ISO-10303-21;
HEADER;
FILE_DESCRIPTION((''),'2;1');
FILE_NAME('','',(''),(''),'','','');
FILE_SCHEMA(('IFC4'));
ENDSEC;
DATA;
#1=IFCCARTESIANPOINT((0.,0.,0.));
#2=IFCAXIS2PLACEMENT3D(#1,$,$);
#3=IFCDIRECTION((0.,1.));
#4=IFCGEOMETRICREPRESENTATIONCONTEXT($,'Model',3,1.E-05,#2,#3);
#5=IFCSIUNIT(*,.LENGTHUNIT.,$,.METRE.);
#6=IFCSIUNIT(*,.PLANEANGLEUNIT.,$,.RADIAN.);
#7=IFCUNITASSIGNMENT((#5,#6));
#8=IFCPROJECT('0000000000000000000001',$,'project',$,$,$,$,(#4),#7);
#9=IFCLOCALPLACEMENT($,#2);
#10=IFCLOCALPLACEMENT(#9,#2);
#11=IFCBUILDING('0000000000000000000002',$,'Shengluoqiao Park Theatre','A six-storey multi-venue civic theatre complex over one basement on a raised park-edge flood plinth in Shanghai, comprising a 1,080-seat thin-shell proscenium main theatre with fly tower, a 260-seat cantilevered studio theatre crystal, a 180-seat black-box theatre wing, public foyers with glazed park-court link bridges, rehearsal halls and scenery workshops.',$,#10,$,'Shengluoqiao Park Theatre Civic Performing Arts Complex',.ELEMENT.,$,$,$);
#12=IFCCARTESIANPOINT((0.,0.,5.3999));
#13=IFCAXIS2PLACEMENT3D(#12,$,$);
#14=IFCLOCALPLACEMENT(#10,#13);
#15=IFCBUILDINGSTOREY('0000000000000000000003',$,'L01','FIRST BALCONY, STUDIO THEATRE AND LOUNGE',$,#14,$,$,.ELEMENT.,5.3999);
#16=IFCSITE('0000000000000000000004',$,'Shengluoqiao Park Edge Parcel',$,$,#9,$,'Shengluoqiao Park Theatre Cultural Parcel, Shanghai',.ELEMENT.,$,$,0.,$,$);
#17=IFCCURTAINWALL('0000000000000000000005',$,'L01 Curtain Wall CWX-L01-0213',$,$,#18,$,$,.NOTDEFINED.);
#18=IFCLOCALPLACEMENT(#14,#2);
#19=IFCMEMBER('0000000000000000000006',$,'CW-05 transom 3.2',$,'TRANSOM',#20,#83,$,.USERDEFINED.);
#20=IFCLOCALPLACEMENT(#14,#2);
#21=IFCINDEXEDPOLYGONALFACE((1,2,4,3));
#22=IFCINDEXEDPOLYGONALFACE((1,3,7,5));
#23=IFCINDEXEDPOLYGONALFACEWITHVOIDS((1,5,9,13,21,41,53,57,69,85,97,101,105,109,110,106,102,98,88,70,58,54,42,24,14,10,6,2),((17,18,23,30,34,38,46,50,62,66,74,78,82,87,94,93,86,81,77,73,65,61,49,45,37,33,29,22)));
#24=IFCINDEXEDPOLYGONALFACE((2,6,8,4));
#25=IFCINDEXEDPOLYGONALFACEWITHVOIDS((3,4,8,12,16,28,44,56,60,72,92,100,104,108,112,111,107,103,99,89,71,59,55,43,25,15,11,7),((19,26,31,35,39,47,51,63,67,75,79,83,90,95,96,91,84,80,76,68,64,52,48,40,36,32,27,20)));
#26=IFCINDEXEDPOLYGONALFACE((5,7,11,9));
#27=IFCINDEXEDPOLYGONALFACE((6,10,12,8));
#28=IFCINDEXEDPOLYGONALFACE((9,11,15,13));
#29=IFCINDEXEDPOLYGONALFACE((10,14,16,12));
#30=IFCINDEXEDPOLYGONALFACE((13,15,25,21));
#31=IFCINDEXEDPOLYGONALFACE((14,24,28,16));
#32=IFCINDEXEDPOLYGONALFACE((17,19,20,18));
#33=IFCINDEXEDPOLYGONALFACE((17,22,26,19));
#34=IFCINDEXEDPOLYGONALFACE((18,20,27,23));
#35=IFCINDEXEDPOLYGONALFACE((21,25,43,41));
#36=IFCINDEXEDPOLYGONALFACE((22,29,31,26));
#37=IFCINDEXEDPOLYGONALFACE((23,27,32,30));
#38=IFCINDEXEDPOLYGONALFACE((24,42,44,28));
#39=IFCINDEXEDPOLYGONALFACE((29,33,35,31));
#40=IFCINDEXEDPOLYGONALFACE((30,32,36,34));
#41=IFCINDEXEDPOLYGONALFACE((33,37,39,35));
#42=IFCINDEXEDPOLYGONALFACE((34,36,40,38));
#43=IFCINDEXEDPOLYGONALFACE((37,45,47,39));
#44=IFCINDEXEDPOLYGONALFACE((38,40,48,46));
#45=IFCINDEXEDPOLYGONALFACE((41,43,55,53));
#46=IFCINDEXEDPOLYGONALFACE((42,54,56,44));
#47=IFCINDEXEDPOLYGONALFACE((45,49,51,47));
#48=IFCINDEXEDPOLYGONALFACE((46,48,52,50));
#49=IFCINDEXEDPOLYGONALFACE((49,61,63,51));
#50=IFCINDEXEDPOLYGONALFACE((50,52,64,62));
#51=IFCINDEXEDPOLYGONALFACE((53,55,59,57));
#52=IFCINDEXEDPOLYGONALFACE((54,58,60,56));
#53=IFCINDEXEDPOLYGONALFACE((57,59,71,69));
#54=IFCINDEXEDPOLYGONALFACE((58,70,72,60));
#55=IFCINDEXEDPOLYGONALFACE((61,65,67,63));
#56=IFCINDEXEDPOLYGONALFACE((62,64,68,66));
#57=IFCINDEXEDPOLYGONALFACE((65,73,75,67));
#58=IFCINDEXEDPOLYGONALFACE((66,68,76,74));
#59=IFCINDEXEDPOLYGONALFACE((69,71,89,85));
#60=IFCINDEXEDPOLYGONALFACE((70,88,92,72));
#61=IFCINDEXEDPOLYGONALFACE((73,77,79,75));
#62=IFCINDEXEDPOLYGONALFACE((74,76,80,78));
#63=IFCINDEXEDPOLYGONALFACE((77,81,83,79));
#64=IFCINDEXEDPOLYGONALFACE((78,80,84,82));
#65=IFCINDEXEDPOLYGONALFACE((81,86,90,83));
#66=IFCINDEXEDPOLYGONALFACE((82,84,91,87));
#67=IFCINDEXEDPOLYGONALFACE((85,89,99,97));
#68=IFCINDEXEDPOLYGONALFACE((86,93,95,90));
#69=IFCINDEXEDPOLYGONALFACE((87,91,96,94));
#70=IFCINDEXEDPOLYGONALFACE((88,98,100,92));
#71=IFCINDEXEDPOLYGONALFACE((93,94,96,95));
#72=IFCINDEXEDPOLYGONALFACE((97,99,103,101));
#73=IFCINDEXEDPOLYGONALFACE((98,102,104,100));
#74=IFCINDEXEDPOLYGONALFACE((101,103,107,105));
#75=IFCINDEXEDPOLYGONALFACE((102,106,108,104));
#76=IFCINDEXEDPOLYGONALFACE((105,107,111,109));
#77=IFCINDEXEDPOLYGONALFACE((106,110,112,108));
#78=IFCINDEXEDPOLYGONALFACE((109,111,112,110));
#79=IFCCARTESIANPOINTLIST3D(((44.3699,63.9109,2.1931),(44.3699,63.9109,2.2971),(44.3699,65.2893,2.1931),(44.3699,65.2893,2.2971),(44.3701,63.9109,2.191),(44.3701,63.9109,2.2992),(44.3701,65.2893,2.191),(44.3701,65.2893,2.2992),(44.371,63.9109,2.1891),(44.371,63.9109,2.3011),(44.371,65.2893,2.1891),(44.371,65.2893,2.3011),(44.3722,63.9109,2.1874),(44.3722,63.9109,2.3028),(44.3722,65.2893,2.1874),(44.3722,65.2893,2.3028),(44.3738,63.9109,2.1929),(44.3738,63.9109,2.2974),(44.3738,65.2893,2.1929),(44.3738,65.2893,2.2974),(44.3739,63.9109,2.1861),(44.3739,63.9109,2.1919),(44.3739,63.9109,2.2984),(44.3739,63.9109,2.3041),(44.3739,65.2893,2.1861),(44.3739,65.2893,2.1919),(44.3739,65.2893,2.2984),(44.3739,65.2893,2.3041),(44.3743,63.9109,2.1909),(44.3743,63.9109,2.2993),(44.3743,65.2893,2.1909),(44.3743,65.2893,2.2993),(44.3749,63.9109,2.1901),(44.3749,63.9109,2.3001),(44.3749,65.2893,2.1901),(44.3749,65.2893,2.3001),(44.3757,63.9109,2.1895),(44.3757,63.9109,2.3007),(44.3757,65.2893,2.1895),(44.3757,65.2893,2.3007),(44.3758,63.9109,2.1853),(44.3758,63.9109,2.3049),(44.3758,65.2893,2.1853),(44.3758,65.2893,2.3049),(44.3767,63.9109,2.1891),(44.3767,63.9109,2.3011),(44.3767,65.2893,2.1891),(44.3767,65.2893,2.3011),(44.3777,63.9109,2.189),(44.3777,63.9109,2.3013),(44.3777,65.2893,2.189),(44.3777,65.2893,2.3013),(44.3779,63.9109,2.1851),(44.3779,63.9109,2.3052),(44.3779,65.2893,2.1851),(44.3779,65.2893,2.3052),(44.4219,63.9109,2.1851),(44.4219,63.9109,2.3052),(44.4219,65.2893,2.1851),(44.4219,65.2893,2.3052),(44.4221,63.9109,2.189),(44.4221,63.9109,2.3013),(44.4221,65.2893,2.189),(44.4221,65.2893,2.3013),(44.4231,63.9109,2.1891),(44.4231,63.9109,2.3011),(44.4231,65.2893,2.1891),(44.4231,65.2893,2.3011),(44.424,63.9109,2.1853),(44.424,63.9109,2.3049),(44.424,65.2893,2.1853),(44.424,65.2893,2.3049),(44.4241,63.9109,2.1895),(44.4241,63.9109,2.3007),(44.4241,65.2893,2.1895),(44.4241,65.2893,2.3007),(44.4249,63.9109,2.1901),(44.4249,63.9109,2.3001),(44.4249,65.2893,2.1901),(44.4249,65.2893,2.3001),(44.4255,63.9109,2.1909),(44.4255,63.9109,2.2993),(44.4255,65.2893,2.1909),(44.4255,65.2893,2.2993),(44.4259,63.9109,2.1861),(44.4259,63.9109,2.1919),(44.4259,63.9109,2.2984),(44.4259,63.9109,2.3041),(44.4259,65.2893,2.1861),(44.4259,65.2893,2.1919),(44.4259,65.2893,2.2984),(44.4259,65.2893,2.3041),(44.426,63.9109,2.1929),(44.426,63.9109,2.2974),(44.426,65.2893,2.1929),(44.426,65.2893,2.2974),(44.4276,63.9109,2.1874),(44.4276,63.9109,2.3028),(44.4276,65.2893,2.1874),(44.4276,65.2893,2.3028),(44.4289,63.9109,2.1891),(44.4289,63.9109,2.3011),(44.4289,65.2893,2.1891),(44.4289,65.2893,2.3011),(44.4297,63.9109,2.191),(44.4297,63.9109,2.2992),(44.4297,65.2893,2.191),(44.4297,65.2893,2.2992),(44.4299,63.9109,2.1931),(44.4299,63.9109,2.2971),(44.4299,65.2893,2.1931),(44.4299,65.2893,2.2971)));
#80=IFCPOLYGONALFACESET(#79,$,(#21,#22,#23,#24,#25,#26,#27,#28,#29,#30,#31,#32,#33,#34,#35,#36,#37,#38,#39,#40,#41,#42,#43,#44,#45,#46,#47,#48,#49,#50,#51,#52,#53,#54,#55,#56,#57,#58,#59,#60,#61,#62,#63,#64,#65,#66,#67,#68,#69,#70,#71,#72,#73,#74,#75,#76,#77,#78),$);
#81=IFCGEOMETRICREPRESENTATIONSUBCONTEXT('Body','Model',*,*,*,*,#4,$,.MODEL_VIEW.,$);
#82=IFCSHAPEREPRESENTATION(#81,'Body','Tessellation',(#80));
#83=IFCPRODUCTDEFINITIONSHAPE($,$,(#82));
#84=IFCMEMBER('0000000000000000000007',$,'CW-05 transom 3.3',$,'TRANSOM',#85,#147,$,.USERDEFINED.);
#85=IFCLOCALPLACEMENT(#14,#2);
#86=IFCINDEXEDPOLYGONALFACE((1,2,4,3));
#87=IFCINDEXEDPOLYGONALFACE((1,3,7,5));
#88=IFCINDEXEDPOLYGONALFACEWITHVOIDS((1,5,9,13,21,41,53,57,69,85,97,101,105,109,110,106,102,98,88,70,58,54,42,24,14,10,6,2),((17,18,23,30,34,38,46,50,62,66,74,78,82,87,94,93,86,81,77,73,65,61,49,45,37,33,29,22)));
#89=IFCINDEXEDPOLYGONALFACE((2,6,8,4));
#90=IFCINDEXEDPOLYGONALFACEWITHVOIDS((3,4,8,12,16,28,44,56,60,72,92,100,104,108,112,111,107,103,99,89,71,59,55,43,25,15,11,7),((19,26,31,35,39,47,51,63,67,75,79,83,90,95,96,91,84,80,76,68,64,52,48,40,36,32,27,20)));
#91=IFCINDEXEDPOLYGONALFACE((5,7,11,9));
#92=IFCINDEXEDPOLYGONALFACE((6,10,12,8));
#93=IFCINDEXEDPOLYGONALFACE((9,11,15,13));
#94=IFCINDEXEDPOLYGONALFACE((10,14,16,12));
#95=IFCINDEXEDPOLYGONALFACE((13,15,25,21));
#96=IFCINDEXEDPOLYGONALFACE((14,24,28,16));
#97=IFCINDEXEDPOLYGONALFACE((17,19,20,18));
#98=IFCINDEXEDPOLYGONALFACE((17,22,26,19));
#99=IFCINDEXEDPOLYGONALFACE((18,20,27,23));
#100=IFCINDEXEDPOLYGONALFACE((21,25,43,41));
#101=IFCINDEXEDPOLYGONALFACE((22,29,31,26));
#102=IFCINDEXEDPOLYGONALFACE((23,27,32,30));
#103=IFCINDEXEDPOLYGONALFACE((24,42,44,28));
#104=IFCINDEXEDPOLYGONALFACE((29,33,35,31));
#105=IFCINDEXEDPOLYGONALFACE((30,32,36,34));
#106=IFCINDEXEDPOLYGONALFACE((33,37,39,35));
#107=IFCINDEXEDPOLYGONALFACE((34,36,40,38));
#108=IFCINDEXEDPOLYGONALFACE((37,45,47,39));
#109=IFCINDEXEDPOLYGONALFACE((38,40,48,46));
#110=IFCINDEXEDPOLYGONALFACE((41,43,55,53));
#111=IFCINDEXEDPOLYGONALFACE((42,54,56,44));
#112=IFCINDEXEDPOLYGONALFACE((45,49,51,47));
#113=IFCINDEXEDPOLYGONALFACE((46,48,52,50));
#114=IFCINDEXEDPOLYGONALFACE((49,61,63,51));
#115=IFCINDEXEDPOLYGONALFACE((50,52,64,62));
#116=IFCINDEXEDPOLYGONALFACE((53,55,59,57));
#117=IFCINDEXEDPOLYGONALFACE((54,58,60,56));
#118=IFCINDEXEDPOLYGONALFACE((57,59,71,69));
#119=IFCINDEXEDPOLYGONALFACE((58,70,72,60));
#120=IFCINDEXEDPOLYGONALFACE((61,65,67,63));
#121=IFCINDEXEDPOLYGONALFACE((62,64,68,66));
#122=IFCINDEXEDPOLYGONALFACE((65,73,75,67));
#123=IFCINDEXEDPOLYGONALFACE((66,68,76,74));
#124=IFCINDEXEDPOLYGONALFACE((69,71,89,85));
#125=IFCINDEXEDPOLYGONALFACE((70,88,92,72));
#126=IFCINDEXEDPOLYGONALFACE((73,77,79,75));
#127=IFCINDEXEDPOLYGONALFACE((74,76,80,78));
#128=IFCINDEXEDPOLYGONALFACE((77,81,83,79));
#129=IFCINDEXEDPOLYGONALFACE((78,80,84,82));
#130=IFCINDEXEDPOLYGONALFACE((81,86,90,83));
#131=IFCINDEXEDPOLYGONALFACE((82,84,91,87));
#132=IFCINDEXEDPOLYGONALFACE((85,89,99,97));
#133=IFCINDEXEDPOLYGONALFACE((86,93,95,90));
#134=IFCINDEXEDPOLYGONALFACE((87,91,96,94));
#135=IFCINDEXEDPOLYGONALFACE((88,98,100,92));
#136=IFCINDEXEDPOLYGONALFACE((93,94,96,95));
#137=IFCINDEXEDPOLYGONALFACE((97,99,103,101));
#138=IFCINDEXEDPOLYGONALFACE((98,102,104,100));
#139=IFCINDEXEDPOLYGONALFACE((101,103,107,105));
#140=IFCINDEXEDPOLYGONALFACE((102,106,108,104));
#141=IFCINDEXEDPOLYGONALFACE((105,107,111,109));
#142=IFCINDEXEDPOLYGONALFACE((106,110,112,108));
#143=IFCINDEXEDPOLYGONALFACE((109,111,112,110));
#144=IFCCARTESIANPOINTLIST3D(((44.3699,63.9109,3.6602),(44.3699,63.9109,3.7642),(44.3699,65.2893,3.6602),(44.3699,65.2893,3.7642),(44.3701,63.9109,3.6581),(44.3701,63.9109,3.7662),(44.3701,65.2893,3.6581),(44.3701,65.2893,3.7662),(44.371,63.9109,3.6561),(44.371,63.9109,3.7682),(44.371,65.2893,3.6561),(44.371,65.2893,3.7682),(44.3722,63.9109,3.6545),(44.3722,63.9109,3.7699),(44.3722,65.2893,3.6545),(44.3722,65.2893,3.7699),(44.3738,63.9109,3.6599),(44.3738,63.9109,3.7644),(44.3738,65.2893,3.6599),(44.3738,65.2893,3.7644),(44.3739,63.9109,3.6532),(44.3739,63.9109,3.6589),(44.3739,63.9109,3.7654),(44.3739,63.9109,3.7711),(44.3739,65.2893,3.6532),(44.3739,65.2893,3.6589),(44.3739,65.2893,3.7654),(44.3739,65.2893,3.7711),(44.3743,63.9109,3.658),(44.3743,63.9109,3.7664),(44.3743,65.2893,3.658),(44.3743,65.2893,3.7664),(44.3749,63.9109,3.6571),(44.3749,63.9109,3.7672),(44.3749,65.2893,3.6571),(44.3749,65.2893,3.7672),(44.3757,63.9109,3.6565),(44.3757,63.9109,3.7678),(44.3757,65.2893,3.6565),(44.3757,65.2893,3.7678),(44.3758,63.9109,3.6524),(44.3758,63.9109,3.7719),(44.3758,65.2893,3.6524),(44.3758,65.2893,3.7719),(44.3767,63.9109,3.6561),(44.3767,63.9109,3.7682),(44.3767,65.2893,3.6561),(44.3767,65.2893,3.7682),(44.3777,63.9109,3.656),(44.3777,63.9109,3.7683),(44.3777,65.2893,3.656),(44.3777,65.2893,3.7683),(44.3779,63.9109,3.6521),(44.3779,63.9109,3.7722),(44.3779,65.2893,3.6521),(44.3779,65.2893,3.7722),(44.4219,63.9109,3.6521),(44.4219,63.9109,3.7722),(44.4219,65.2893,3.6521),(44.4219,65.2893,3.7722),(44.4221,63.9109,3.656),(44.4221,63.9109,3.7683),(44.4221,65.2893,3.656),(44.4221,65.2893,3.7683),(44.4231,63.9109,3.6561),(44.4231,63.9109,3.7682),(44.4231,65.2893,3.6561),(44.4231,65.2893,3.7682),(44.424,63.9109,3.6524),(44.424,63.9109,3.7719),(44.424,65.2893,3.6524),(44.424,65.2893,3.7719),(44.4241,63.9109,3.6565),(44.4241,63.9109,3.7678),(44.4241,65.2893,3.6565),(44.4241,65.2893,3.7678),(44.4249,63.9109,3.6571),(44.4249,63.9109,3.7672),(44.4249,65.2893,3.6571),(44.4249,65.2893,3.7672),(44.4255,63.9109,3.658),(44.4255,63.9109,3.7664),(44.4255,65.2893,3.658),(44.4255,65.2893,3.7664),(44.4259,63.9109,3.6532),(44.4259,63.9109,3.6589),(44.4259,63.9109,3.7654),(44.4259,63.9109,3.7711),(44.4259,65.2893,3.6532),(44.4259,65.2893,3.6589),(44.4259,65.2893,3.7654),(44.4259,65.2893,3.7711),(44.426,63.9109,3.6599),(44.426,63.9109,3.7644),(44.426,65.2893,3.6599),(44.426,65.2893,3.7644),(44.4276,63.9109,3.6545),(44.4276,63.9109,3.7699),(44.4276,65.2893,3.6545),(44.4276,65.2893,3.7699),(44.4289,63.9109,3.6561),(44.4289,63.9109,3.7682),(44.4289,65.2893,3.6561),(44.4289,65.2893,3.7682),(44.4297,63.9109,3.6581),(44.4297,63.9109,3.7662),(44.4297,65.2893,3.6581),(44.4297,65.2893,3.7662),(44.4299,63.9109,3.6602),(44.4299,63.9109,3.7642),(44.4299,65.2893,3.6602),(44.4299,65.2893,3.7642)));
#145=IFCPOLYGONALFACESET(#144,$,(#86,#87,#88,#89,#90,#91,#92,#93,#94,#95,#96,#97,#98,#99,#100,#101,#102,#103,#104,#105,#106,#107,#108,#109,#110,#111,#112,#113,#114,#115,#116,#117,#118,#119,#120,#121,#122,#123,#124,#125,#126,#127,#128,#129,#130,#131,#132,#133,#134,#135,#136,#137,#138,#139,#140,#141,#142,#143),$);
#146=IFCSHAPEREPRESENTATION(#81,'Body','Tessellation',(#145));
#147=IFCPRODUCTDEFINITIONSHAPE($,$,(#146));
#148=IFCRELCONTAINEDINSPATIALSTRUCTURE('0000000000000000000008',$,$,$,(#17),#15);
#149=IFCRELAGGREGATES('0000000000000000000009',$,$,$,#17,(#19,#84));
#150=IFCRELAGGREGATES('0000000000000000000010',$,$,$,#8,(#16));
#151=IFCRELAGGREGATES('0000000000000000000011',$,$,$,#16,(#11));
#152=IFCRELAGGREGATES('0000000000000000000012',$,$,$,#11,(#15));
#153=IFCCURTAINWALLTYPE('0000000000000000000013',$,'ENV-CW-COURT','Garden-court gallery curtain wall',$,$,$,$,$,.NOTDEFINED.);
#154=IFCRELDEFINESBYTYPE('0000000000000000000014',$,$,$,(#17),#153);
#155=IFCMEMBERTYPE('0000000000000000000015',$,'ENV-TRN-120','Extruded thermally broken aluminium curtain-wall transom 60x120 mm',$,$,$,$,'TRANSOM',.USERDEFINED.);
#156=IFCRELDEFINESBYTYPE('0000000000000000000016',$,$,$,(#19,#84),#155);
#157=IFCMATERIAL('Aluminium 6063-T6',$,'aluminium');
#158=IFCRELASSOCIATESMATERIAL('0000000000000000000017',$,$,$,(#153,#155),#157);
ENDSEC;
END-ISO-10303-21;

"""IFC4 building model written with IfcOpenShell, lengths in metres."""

from ifc_helpers import new_model, si_unit, direction, frame, origin, origin_2d, place, context, subcontext, project, spatial, hollow_rectangle, extrude, material, material_profile, profile_set, type_object, element, aggregate, save


model = new_model("IFC4")

# Units and contexts
model_context = context("Model", 3, precision=1e-05, world=origin(), true_north=direction((0.0, 1.0)))
body_context = subcontext(model_context, "Body", "Model", "MODEL_VIEW")
ifc_project = project(units=[si_unit("LENGTHUNIT", "METRE"), si_unit("PLANEANGLEUNIT", "RADIAN")], contexts=[model_context])

# Site, building, storey
site_placement = place(None, origin())
site = spatial("IfcSite", under=ifc_project, at=site_placement, Name="Shengluoqiao Park Edge Parcel", LongName="Shengluoqiao Park Theatre Cultural Parcel, Shanghai", CompositionType="ELEMENT", RefElevation=0.0)
building_placement = place(site_placement, origin())
building = spatial("IfcBuilding", under=site, at=building_placement, Name="Shengluoqiao Park Theatre", Description="A six-storey multi-venue civic theatre complex over one basement on a raised park-edge flood plinth in Shanghai, comprising a 1,080-seat thin-shell proscenium main theatre with fly tower, a 260-seat cantilevered studio theatre crystal, a 180-seat black-box theatre wing, public foyers with glazed park-court link bridges, rehearsal halls and scenery workshops.", LongName="Shengluoqiao Park Theatre Civic Performing Arts Complex", CompositionType="ELEMENT")
storey_placement = place(building_placement, frame((0.0, 0.0, 5.3999)))
storey = spatial("IfcBuildingStorey", under=building, at=storey_placement, Name="L01", Description="FIRST BALCONY, STUDIO THEATRE AND LOUNGE", CompositionType="ELEMENT", Elevation=5.3999)

# Curtain wall
ifc_material_1 = material(Name="Aluminium 6063-T6", Category="aluminium")
curtain_wall_type_1 = type_object("IfcCurtainWallType", Name="ENV-CW-COURT", Description="Garden-court gallery curtain wall", PredefinedType="NOTDEFINED", material=ifc_material_1)
curtain_wall_1_placement = place(storey_placement, origin())
curtain_wall_1 = element("IfcCurtainWall", 1, at=curtain_wall_1_placement, inside=storey, type_object=curtain_wall_type_1, Name="L01 Curtain Wall CWX-L01-0213", PredefinedType="NOTDEFINED")

# Members
ifc_material_profile_1 = material_profile(ifc_material_1, hollow_rectangle(XDim=0.0601, YDim=0.1201, WallThickness=0.0039, InnerFilletRadius=0.0039, OuterFilletRadius=0.0081, at=origin_2d()), Name="ALU TRANSOM 120x60x4")
ifc_profile_set_1 = profile_set([ifc_material_profile_1], Name="Aluminium 6063-T6")
member_type_1 = type_object("IfcMemberType", Name="ENV-TRN-120", Description="Extruded thermally broken aluminium curtain-wall transom 60x120 mm", ElementType="TRANSOM", PredefinedType="USERDEFINED", material=ifc_profile_set_1)
member_1_placement = place(storey_placement, frame((44.3999, 63.9109, 2.2451), z_axis=(0.0, 1.0, 0.0), x_axis=(-1.0, 0.0, 0.0)))
member_1 = element("IfcMember", 2, at=member_1_placement, type_object=member_type_1, Name="CW-05 transom 3.2", ObjectType="TRANSOM", PredefinedType="USERDEFINED", context=body_context, shape_type="SweptSolid", body=[
    extrude(hollow_rectangle(XDim=0.0601, YDim=0.1201, WallThickness=0.0039, InnerFilletRadius=0.0039, OuterFilletRadius=0.0081, at=origin_2d()), origin(), (0.0, 0.0, 1.0), 1.3784),
])
member_2_placement = place(storey_placement, frame((44.3999, 63.9109, 3.7122), z_axis=(0.0, 1.0, 0.0), x_axis=(-1.0, 0.0, 0.0)))
member_2 = element("IfcMember", 3, at=member_2_placement, type_object=member_type_1, Name="CW-05 transom 3.3", ObjectType="TRANSOM", PredefinedType="USERDEFINED", context=body_context, shape_type="SweptSolid", body=[
    extrude(hollow_rectangle(XDim=0.0601, YDim=0.1201, WallThickness=0.0039, InnerFilletRadius=0.0039, OuterFilletRadius=0.0081, at=origin_2d()), origin(), (0.0, 0.0, 1.0), 1.3784),
])

aggregate(curtain_wall_1, [member_1, member_2])

save(model, "model.ifc")
